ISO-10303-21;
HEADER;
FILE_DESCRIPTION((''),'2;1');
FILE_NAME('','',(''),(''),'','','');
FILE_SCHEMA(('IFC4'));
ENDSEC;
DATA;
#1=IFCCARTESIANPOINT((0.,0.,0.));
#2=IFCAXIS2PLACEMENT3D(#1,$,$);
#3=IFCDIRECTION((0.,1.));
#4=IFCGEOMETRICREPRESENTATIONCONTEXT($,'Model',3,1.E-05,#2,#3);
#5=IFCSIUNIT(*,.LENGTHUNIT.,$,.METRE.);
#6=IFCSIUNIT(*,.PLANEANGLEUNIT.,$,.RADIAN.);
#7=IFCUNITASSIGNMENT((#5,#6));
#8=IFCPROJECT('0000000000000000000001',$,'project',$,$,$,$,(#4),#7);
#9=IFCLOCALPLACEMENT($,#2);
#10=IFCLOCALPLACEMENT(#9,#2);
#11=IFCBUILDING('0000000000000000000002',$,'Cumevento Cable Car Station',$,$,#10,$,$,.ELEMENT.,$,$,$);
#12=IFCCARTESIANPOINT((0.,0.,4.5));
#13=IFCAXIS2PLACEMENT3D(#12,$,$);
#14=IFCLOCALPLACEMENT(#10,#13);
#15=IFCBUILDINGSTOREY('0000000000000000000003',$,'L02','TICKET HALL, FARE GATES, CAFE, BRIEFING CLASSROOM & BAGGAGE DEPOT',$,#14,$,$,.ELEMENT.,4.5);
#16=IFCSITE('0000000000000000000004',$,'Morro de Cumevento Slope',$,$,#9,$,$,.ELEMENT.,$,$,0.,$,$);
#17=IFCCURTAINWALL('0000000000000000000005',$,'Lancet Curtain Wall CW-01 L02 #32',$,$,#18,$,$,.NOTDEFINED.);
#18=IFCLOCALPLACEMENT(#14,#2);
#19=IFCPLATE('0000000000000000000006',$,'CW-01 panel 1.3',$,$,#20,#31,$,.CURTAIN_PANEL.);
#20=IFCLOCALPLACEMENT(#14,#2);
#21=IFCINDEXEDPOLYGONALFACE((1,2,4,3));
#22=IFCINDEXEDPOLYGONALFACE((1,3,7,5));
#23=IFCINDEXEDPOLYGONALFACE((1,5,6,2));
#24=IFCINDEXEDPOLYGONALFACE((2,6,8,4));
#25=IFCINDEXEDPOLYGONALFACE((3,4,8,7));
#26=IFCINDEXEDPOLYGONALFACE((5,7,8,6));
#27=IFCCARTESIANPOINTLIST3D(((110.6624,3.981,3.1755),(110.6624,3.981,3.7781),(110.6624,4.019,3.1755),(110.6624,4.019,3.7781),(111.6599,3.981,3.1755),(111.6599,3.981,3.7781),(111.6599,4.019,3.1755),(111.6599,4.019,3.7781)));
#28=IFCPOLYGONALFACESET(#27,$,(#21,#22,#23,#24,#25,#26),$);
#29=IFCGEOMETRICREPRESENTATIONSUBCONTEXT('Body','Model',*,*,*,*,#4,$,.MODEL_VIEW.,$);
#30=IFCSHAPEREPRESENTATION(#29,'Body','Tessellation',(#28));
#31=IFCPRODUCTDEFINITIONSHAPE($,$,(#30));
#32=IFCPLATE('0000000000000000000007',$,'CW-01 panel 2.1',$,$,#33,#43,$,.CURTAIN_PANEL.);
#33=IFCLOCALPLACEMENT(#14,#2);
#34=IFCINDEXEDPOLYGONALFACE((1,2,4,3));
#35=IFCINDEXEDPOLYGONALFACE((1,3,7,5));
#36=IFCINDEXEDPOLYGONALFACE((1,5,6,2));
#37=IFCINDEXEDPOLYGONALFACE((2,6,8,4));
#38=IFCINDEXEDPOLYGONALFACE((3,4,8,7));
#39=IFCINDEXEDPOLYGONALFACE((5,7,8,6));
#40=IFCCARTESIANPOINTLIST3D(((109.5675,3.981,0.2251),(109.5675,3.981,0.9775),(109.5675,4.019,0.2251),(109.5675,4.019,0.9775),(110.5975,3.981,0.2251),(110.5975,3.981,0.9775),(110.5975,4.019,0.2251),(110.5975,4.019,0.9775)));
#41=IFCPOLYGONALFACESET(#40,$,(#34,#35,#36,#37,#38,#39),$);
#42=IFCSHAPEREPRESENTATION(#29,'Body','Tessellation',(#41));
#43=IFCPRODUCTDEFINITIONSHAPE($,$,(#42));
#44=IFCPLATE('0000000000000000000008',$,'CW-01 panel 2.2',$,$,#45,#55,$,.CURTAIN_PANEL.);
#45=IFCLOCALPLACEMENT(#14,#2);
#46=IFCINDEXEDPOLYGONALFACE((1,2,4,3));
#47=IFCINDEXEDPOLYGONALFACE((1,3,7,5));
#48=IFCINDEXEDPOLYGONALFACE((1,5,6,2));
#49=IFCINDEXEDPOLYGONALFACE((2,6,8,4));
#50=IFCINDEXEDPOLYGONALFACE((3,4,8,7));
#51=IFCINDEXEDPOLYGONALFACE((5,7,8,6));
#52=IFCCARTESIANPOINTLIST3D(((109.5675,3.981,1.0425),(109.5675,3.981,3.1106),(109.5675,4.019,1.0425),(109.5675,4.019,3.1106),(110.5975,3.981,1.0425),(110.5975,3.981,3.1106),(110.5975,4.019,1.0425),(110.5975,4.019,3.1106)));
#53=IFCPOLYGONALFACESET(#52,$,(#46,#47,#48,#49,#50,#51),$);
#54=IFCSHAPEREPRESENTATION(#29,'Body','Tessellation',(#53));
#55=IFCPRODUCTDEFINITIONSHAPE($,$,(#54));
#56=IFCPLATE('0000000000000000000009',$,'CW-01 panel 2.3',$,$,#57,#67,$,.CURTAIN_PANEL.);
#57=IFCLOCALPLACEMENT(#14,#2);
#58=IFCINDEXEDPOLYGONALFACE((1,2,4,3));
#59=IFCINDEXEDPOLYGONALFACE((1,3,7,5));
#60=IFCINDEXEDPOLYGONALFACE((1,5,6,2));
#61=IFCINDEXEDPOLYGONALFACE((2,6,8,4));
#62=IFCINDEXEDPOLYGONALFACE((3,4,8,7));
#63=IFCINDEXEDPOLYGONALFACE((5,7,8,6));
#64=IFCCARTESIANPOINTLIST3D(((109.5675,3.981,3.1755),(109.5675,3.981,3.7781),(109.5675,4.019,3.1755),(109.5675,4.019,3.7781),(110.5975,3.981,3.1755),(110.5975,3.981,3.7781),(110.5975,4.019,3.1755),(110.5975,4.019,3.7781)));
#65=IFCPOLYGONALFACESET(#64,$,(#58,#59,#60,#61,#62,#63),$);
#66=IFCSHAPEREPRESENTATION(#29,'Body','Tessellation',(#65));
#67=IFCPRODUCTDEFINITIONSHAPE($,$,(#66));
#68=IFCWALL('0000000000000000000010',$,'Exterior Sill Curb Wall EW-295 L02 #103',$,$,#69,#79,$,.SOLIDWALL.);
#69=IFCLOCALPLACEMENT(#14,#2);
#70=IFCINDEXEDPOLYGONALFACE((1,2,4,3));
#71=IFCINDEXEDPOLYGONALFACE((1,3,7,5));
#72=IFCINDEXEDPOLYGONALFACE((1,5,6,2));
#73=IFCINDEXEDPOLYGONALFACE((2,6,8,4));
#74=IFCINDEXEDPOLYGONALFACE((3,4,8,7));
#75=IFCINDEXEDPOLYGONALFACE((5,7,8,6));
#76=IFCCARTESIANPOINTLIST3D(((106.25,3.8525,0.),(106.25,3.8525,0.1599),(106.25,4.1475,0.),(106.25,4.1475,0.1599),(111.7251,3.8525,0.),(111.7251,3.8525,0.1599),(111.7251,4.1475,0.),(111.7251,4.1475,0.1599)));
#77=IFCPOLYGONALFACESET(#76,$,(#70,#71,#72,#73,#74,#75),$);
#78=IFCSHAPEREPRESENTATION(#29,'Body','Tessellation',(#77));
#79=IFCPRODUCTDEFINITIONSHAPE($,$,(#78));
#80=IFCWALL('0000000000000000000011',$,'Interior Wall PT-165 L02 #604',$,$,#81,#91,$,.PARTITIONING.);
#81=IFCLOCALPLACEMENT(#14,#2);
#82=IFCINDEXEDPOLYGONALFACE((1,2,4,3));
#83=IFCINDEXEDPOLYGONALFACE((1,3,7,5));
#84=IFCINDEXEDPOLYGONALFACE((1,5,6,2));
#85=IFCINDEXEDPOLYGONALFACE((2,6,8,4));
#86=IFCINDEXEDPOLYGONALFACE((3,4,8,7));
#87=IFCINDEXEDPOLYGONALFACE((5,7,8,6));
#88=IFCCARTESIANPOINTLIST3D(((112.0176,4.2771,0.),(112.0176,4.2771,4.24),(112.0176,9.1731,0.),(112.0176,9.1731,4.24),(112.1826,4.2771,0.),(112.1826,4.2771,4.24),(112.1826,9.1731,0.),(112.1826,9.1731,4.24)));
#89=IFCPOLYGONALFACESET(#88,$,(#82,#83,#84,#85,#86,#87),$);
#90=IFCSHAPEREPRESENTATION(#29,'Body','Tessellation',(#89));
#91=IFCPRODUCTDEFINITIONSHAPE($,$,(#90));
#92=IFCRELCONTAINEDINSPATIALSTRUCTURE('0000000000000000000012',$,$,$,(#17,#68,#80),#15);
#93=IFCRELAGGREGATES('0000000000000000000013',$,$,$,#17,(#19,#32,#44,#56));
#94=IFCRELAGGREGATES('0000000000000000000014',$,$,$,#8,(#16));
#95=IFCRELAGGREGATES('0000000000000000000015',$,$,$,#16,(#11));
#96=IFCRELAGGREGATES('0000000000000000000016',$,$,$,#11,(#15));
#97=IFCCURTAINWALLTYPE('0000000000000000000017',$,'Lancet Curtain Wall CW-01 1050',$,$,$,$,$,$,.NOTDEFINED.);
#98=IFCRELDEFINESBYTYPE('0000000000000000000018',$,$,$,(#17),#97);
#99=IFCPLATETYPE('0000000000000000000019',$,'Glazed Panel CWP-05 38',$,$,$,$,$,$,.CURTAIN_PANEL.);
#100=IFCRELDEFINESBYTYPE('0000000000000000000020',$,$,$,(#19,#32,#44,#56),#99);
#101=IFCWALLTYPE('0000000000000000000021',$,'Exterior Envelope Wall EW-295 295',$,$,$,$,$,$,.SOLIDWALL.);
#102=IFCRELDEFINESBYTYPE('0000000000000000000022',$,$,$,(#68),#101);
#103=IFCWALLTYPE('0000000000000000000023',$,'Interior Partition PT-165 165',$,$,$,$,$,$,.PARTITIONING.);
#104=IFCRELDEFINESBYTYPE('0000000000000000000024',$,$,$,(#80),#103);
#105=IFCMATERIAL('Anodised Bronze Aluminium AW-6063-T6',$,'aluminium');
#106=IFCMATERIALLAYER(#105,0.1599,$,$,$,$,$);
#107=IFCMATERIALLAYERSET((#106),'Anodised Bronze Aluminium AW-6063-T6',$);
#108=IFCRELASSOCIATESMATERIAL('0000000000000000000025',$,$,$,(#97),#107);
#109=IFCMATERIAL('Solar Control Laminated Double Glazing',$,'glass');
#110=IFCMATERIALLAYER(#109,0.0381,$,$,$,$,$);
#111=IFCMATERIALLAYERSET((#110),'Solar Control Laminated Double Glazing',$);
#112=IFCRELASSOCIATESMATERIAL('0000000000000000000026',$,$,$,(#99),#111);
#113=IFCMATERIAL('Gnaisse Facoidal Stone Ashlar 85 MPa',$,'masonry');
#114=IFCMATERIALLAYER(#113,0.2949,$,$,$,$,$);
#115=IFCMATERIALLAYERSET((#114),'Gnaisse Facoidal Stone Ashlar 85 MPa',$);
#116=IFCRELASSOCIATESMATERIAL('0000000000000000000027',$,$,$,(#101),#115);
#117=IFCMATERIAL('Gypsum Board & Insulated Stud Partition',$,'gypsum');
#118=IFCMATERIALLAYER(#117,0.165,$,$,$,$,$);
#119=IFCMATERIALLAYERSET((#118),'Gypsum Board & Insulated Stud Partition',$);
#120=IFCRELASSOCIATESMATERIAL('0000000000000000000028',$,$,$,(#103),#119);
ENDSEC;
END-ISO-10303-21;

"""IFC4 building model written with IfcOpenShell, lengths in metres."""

from ifc_helpers import new_model, si_unit, direction, frame, frame_2d, origin, origin_2d, place, context, subcontext, project, spatial, rectangle, extrude, material, layer, layer_set, type_object, element, aggregate, save


model = new_model("IFC4")

# Units and contexts
model_context = context("Model", 3, precision=1e-05, world=origin(), true_north=direction((0.0, 1.0)))
body_context = subcontext(model_context, "Body", "Model", "MODEL_VIEW")
ifc_project = project(units=[si_unit("LENGTHUNIT", "METRE"), si_unit("PLANEANGLEUNIT", "RADIAN")], contexts=[model_context])

# Site, building, storey
site_placement = place(None, origin())
site = spatial("IfcSite", under=ifc_project, at=site_placement, Name="Morro de Cumevento Slope", CompositionType="ELEMENT", RefElevation=0.0)
building_placement = place(site_placement, origin())
building = spatial("IfcBuilding", under=site, at=building_placement, Name="Cumevento Cable Car Station", CompositionType="ELEMENT")
storey_placement = place(building_placement, frame((0.0, 0.0, 4.5)))
storey = spatial("IfcBuildingStorey", under=building, at=storey_placement, Name="L02", Description="TICKET HALL, FARE GATES, CAFE, BRIEFING CLASSROOM & BAGGAGE DEPOT", CompositionType="ELEMENT", Elevation=4.5)

# Curtain wall
ifc_material_1 = material(Name="Anodised Bronze Aluminium AW-6063-T6", Category="aluminium")
ifc_layer_1 = layer(ifc_material_1, 0.1599)
ifc_layer_set_1 = layer_set([ifc_layer_1], Name="Anodised Bronze Aluminium AW-6063-T6")
curtain_wall_type = type_object("IfcCurtainWallType", Name="Lancet Curtain Wall CW-01 1050", PredefinedType="NOTDEFINED", material=ifc_layer_set_1)
curtain_wall_placement = place(storey_placement, origin())
curtain_wall = element("IfcCurtainWall", 1, at=curtain_wall_placement, inside=storey, type_object=curtain_wall_type, Name="Lancet Curtain Wall CW-01 L02 #32", PredefinedType="NOTDEFINED")

# Plates
ifc_material_2 = material(Name="Solar Control Laminated Double Glazing", Category="glass")
ifc_layer_2 = layer(ifc_material_2, 0.0381)
ifc_layer_set_2 = layer_set([ifc_layer_2], Name="Solar Control Laminated Double Glazing")
plate_type = type_object("IfcPlateType", Name="Glazed Panel CWP-05 38", PredefinedType="CURTAIN_PANEL", material=ifc_layer_set_2)
plate_1_placement = place(storey_placement, frame((111.1611, 4.0, 3.1755), z_axis=(0.0, 0.0, 1.0), x_axis=(-1.0, 0.0, 0.0)))
plate_1 = element("IfcPlate", 2, at=plate_1_placement, type_object=plate_type, Name="CW-01 panel 1.3", PredefinedType="CURTAIN_PANEL", context=body_context, shape_type="SweptSolid", body=[
    extrude(rectangle(XDim=0.9976, YDim=0.0381, at=origin_2d()), origin(), (0.0, 0.0, 1.0), 0.6025),
])
plate_2_placement = place(storey_placement, frame((110.0825, 4.0, 0.2251), z_axis=(0.0, 0.0, 1.0), x_axis=(-1.0, 0.0, 0.0)))
plate_2 = element("IfcPlate", 3, at=plate_2_placement, type_object=plate_type, Name="CW-01 panel 2.1", PredefinedType="CURTAIN_PANEL", context=body_context, shape_type="SweptSolid", body=[
    extrude(rectangle(XDim=1.03, YDim=0.0381, at=origin_2d()), origin(), (0.0, 0.0, 1.0), 0.7524),
])
plate_3_placement = place(storey_placement, frame((110.0825, 4.0, 1.0425), z_axis=(0.0, 0.0, 1.0), x_axis=(-1.0, 0.0, 0.0)))
plate_3 = element("IfcPlate", 4, at=plate_3_placement, type_object=plate_type, Name="CW-01 panel 2.2", PredefinedType="CURTAIN_PANEL", context=body_context, shape_type="SweptSolid", body=[
    extrude(rectangle(XDim=1.03, YDim=0.0381, at=origin_2d()), origin(), (0.0, 0.0, 1.0), 2.0681),
])
plate_4_placement = place(storey_placement, frame((110.0825, 4.0, 3.1755), z_axis=(0.0, 0.0, 1.0), x_axis=(-1.0, 0.0, 0.0)))
plate_4 = element("IfcPlate", 5, at=plate_4_placement, type_object=plate_type, Name="CW-01 panel 2.3", PredefinedType="CURTAIN_PANEL", context=body_context, shape_type="SweptSolid", body=[
    extrude(rectangle(XDim=1.03, YDim=0.0381, at=origin_2d()), origin(), (0.0, 0.0, 1.0), 0.6025),
])
aggregate(curtain_wall, [plate_1, plate_2, plate_3, plate_4])

# Walls
ifc_material_3 = material(Name="Gnaisse Facoidal Stone Ashlar 85 MPa", Category="masonry")
ifc_layer_3 = layer(ifc_material_3, 0.2949)
ifc_layer_set_3 = layer_set([ifc_layer_3], Name="Gnaisse Facoidal Stone Ashlar 85 MPa")
wall_type_1 = type_object("IfcWallType", Name="Exterior Envelope Wall EW-295 295", PredefinedType="SOLIDWALL", material=ifc_layer_set_3)
wall_1_placement = place(storey_placement, frame((111.7251, 4.0, 0.0), z_axis=(0.0, 0.0, 1.0), x_axis=(-1.0, 0.0, 0.0)))
element("IfcWall", 6, at=wall_1_placement, inside=storey, type_object=wall_type_1, Name="Exterior Sill Curb Wall EW-295 L02 #103", PredefinedType="SOLIDWALL", context=body_context, shape_type="SweptSolid", body=[
    extrude(rectangle(XDim=5.4751, YDim=0.2949, at=frame_2d((2.7375, 0.0))), origin(), (0.0, 0.0, 1.0), 0.1599),
])
ifc_material_4 = material(Name="Gypsum Board & Insulated Stud Partition", Category="gypsum")
ifc_layer_4 = layer(ifc_material_4, 0.165)
ifc_layer_set_4 = layer_set([ifc_layer_4], Name="Gypsum Board & Insulated Stud Partition")
wall_type_2 = type_object("IfcWallType", Name="Interior Partition PT-165 165", PredefinedType="PARTITIONING", material=ifc_layer_set_4)
wall_2_placement = place(storey_placement, frame((112.1001, 4.2771, 0.0), z_axis=(0.0, 0.0, 1.0), x_axis=(0.0, 1.0, 0.0)))
element("IfcWall", 7, at=wall_2_placement, inside=storey, type_object=wall_type_2, Name="Interior Wall PT-165 L02 #604", PredefinedType="PARTITIONING", context=body_context, shape_type="SweptSolid", body=[
    extrude(rectangle(XDim=4.896, YDim=0.165, at=frame_2d((2.448, 0.0))), origin(), (0.0, 0.0, 1.0), 4.24),
])

save(model, "model.ifc")
